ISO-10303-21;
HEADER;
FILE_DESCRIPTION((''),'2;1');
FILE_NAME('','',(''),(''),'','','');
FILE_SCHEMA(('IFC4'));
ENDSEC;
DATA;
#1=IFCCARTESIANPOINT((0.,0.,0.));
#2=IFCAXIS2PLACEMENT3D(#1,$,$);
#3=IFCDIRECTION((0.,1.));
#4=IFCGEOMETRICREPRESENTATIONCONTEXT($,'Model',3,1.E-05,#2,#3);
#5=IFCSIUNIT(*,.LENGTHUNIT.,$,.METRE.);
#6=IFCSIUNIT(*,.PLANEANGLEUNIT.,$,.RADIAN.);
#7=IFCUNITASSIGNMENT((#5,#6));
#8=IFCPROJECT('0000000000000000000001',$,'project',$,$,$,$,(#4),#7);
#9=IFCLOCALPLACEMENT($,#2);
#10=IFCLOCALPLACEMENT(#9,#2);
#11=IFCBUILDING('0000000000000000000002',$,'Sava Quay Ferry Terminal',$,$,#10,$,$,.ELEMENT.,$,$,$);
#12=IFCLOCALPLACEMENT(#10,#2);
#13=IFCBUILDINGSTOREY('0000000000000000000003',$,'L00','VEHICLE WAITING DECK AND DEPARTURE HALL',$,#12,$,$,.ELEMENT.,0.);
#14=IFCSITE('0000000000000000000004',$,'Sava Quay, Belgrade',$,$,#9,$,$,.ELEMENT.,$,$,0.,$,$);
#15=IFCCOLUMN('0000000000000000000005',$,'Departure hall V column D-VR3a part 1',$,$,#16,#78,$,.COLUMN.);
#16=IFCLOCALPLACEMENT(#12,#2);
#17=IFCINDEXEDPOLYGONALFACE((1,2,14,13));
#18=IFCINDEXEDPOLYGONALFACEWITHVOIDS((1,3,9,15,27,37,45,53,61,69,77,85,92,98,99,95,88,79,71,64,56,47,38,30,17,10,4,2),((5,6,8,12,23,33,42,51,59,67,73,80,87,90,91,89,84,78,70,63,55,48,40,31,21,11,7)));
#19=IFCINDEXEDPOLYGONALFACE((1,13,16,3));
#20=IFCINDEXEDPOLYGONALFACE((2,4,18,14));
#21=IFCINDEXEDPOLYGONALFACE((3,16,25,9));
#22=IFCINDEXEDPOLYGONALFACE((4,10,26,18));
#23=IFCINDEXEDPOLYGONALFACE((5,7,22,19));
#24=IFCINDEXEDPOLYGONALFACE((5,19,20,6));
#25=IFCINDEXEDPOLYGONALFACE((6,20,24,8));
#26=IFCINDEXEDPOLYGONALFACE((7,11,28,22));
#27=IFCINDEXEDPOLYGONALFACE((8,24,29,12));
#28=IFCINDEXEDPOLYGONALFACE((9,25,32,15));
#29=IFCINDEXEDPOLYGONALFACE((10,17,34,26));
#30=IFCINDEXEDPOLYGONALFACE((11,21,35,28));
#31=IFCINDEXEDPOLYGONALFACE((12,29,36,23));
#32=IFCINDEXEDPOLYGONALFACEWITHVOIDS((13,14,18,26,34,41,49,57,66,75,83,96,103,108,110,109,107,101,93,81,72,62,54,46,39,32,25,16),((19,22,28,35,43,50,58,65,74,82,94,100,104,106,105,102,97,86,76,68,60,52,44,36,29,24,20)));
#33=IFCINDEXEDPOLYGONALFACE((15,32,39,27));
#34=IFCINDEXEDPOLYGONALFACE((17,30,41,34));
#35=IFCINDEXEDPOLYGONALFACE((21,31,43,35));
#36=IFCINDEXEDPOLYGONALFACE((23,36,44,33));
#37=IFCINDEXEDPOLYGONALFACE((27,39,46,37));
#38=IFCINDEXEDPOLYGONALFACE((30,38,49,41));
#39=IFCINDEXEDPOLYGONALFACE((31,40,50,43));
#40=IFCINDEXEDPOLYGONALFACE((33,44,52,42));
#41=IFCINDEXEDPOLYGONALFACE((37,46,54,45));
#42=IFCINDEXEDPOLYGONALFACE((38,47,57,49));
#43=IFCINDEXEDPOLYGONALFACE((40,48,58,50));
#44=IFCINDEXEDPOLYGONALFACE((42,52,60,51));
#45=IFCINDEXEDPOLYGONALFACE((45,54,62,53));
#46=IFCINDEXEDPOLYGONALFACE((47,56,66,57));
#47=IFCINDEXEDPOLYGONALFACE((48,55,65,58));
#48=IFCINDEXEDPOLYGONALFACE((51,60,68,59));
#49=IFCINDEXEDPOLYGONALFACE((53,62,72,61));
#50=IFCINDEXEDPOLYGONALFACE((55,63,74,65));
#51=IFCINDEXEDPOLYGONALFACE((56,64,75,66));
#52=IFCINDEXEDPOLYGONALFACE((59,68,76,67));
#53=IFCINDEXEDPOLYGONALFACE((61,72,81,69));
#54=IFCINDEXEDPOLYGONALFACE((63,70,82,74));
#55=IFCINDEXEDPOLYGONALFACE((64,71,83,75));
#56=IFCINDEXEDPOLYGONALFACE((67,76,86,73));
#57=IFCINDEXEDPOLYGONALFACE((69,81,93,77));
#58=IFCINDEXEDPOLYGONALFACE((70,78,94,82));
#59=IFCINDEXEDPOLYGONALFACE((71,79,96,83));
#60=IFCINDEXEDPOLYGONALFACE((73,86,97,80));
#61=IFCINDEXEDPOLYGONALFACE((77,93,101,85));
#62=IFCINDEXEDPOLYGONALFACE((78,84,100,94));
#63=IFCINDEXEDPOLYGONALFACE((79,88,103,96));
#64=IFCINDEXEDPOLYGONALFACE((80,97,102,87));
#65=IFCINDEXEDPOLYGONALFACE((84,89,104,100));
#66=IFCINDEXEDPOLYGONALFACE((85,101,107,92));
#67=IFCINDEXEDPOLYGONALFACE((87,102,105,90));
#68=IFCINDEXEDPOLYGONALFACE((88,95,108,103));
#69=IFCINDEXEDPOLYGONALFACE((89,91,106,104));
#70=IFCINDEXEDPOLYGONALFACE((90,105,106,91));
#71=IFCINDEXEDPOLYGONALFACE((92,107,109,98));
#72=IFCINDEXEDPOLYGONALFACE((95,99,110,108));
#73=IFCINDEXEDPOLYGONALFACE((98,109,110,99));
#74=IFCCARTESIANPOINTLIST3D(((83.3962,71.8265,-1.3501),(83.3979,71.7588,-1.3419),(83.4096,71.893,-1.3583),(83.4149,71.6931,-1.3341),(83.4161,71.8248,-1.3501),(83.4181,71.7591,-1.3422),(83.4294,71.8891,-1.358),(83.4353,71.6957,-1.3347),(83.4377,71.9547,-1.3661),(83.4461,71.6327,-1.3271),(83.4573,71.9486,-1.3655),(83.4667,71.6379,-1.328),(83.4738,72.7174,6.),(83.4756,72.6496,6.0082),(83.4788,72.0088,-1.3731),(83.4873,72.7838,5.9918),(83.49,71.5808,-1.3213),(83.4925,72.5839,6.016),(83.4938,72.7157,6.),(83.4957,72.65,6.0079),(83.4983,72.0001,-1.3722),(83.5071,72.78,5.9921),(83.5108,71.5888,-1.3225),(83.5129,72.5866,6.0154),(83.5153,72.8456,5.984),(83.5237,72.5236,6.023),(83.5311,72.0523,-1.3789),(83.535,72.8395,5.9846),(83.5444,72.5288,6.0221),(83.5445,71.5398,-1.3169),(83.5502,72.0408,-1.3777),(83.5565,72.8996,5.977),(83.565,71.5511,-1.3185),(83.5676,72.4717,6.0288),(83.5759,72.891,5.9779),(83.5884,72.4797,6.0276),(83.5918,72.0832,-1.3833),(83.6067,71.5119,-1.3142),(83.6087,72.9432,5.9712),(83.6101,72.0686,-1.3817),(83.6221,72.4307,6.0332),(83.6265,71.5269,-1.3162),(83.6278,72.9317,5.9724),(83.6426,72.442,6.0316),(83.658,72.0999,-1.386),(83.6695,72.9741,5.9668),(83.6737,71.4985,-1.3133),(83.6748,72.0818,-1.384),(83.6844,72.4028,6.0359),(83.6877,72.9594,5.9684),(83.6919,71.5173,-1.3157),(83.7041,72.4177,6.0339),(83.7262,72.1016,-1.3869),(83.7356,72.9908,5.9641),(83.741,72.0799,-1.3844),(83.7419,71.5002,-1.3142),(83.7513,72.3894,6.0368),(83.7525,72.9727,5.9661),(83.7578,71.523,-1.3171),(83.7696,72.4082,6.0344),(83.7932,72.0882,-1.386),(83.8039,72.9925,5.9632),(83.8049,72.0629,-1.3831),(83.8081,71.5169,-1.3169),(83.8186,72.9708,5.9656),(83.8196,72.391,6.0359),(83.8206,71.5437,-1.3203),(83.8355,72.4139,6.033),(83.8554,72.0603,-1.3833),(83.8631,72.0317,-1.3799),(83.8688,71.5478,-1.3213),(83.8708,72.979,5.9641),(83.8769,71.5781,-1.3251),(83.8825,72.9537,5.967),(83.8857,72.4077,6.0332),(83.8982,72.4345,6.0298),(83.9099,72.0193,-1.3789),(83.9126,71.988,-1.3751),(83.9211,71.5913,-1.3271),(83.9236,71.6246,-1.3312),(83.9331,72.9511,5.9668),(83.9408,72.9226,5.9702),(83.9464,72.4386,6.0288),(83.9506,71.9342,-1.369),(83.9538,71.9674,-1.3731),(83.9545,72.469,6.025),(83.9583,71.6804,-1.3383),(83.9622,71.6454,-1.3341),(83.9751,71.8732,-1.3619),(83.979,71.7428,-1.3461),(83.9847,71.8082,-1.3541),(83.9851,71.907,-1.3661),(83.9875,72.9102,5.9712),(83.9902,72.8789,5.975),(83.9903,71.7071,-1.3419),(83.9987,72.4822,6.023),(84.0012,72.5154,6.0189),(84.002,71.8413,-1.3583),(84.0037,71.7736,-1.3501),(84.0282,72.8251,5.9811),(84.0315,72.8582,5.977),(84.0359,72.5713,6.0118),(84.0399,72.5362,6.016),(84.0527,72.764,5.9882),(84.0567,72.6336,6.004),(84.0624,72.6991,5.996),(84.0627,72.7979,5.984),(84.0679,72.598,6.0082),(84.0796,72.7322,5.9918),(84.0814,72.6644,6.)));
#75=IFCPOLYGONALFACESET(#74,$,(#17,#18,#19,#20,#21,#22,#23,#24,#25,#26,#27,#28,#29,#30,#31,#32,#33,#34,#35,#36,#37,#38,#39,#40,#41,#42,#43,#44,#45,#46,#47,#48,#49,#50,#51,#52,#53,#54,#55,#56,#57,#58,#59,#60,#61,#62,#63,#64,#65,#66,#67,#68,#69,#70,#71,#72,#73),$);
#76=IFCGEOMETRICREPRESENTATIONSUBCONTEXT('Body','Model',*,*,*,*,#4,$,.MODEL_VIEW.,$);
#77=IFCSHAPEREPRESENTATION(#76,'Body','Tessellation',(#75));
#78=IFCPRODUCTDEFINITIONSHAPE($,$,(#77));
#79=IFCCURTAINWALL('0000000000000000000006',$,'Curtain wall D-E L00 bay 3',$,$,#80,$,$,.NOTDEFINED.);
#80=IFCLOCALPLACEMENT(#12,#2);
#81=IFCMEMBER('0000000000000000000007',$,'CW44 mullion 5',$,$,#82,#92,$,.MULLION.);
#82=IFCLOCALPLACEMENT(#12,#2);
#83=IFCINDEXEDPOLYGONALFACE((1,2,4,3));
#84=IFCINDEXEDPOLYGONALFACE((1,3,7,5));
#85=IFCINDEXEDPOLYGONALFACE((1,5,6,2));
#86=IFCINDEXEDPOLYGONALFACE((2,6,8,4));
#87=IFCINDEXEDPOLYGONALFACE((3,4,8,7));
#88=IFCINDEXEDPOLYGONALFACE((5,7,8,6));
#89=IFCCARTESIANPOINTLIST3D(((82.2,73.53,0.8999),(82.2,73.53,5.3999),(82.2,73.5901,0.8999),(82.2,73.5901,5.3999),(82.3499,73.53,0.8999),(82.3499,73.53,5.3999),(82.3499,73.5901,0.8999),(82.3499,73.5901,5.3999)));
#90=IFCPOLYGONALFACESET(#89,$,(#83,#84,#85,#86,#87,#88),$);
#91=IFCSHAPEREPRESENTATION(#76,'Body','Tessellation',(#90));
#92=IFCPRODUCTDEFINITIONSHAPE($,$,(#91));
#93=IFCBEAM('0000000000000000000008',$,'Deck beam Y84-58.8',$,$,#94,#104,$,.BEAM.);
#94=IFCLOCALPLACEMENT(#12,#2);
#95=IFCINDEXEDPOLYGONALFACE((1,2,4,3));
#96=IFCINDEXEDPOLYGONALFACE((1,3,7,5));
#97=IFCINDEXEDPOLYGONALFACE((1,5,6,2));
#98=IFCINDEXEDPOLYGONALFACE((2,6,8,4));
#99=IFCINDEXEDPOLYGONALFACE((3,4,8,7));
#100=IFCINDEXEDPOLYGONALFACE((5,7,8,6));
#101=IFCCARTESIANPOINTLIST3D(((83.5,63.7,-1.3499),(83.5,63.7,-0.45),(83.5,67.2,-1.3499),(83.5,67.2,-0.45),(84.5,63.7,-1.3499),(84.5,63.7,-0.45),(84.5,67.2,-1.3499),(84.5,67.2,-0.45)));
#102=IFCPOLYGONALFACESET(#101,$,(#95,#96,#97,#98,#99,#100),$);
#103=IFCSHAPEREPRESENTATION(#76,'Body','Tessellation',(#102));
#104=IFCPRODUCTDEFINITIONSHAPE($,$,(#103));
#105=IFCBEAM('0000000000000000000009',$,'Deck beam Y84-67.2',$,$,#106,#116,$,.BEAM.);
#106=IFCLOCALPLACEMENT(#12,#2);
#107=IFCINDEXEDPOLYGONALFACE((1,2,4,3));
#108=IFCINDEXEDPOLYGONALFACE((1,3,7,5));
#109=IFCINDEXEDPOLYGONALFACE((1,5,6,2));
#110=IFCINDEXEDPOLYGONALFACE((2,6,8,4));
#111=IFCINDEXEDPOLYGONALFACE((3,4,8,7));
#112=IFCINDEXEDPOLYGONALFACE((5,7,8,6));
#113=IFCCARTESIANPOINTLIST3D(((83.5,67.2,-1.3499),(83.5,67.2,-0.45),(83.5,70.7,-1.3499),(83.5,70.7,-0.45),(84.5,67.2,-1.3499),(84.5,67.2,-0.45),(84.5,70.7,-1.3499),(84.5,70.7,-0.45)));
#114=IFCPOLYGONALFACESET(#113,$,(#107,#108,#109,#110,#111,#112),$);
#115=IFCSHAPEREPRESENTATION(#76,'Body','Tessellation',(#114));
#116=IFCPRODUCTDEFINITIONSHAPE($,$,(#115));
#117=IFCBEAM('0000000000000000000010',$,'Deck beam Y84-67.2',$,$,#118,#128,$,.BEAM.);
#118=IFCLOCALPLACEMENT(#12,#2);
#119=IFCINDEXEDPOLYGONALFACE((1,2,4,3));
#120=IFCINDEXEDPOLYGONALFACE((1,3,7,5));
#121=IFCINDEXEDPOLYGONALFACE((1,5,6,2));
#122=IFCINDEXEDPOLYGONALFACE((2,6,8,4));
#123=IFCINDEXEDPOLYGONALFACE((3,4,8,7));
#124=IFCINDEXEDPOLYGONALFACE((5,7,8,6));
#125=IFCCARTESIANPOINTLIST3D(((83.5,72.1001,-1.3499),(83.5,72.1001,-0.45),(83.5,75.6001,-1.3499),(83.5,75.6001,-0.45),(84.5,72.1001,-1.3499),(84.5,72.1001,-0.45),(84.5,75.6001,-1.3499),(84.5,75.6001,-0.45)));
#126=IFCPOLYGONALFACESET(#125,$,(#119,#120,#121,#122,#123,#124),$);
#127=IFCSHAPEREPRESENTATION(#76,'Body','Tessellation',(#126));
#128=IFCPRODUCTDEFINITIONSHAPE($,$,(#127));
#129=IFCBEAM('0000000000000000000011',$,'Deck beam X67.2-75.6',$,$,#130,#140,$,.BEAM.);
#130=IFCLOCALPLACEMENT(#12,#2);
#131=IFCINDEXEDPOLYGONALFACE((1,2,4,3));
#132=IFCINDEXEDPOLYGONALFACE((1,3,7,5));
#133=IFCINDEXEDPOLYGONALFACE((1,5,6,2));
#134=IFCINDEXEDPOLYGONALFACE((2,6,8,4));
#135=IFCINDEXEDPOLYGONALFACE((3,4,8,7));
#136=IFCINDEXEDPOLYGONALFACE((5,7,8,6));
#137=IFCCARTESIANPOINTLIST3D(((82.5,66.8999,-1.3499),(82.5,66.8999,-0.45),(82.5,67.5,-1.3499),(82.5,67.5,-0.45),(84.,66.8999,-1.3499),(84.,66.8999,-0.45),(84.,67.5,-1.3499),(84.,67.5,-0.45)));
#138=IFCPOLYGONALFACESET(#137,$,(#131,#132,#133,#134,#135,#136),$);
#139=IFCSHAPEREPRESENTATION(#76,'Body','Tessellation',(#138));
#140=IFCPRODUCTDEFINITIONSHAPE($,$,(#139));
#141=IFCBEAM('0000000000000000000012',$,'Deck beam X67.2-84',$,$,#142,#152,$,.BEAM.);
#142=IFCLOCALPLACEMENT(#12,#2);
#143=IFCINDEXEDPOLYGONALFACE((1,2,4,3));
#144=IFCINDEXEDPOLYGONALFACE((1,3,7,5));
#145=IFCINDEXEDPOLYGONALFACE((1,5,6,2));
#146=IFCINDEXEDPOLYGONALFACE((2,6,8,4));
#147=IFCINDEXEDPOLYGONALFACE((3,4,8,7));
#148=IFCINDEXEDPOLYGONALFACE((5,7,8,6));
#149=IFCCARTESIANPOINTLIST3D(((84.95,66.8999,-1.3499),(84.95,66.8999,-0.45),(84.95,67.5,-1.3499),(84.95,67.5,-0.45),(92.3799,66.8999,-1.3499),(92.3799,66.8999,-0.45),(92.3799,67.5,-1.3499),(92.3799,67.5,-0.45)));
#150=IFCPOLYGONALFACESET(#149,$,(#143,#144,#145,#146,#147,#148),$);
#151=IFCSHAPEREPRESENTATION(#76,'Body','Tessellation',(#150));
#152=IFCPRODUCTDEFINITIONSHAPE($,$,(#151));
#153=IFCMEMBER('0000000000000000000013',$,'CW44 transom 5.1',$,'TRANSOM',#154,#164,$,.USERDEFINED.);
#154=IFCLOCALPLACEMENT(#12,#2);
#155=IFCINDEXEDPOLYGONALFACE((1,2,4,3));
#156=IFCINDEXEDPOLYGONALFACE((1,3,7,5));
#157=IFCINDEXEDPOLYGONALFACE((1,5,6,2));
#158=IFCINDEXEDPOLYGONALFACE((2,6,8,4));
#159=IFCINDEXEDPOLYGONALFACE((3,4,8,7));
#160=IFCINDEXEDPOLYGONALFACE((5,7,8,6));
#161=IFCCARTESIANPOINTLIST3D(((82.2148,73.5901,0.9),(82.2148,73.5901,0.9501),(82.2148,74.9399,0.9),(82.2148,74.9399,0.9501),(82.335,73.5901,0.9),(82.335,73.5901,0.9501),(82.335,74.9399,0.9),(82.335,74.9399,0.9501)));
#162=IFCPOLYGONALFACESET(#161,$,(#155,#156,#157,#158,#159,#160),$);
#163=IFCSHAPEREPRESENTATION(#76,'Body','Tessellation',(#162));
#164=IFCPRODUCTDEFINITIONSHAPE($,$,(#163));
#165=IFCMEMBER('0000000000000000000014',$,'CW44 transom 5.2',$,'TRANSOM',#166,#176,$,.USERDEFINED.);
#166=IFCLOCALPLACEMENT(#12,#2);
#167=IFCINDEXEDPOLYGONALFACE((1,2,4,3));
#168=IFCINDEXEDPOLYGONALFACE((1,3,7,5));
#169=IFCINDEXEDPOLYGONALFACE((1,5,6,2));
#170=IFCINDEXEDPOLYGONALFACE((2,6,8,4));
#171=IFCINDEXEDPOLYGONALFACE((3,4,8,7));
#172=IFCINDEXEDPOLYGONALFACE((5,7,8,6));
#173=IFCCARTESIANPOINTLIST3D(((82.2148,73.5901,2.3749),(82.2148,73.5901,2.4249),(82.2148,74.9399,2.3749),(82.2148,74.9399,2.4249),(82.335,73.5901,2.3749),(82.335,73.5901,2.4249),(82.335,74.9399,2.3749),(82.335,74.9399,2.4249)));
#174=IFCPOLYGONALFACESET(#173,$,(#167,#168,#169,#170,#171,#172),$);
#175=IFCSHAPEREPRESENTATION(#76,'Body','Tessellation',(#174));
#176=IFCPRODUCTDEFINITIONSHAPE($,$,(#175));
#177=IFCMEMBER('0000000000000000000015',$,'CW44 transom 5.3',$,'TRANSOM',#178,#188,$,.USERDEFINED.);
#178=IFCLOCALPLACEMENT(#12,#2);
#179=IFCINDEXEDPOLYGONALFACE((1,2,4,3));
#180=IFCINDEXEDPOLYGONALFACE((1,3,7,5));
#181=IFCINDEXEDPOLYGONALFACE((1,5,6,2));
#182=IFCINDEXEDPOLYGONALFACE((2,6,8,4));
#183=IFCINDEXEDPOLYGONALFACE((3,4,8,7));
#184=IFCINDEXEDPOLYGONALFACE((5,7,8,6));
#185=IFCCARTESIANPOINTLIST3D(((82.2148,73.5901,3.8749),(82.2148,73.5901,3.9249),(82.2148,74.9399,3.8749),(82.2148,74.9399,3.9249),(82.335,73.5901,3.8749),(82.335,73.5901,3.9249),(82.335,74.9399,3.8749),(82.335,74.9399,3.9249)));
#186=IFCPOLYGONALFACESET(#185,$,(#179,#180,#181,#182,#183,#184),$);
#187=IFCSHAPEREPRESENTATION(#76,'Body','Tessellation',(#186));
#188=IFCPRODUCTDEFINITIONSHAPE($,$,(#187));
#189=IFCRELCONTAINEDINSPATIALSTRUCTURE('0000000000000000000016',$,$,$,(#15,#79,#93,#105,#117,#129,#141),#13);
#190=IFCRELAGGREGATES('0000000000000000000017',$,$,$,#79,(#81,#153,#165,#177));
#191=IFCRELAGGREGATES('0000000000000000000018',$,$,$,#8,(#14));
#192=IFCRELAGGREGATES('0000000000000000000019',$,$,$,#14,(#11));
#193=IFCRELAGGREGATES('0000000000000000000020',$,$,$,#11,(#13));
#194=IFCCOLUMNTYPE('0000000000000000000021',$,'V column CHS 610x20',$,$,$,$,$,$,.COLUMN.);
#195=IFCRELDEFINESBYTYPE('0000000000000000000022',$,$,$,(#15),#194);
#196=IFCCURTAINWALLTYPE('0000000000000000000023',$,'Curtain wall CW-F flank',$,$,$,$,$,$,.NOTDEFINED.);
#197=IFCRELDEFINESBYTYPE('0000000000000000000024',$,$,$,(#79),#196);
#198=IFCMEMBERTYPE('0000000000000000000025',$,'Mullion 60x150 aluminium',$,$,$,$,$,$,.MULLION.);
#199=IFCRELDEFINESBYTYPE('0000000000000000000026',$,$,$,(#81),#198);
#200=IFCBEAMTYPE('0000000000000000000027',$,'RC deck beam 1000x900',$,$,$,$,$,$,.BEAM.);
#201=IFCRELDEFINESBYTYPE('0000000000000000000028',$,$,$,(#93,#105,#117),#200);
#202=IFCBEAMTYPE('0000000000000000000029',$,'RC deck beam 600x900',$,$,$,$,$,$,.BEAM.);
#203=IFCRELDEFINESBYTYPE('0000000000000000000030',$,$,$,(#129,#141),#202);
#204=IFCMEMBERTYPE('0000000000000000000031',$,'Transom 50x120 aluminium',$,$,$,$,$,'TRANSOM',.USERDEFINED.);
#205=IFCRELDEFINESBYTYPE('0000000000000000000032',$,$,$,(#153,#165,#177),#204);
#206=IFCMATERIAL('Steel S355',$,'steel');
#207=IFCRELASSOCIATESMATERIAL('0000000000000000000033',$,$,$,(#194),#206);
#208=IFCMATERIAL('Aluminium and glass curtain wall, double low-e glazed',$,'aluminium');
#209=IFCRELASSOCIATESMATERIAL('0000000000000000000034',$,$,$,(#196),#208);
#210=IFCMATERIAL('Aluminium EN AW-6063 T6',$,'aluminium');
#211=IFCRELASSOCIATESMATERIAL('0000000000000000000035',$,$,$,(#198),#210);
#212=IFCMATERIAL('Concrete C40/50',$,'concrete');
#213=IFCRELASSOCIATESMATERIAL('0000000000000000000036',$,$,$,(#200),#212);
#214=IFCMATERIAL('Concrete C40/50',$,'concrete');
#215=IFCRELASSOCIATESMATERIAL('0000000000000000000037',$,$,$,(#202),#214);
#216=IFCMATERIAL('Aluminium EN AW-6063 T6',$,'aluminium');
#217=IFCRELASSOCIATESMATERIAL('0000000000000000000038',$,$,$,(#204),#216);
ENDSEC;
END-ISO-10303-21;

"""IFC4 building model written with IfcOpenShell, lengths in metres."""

from ifc_helpers import new_model, si_unit, direction, frame, origin, origin_2d, place, context, subcontext, project, spatial, rectangle, hollow_circle, extrude, material, material_profile, profile_set, type_object, element, aggregate, save


model = new_model("IFC4")

# Units and contexts
model_context = context("Model", 3, precision=1e-05, world=origin(), true_north=direction((0.0, 1.0)))
body_context = subcontext(model_context, "Body", "Model", "MODEL_VIEW")
ifc_project = project(units=[si_unit("LENGTHUNIT", "METRE"), si_unit("PLANEANGLEUNIT", "RADIAN")], contexts=[model_context])

# Site, building, storey
site_placement = place(None, origin())
site = spatial("IfcSite", under=ifc_project, at=site_placement, Name="Sava Quay, Belgrade", CompositionType="ELEMENT", RefElevation=0.0)
building_placement = place(site_placement, origin())
building = spatial("IfcBuilding", under=site, at=building_placement, Name="Sava Quay Ferry Terminal", CompositionType="ELEMENT")
storey_placement = place(building_placement, origin())
storey = spatial("IfcBuildingStorey", under=building, at=storey_placement, Name="L00", Description="VEHICLE WAITING DECK AND DEPARTURE HALL", CompositionType="ELEMENT", Elevation=0.0)

# Column
ifc_material_1 = material(Name="Steel S355", Category="steel")
ifc_material_profile_1 = material_profile(ifc_material_1, hollow_circle(Radius=0.3049, WallThickness=0.02, at=origin_2d()), Name="CHS 610 x 20.0")
ifc_profile_set_1 = profile_set([ifc_material_profile_1], Name="Steel S355")
column_type_1 = type_object("IfcColumnType", Name="V column CHS 610x20", PredefinedType="COLUMN", material=ifc_profile_set_1)
column_1_placement = place(storey_placement, frame((83.7, 71.8, -1.3501), z_axis=(0.010485, 0.120318, 0.99268), x_axis=(-0.996224, 0.086818, 0.0)))
element("IfcColumn", 1, at=column_1_placement, inside=storey, type_object=column_type_1, Name="Departure hall V column D-VR3a part 1", PredefinedType="COLUMN", context=body_context, shape_type="SweptSolid", body=[
    extrude(hollow_circle(Radius=0.3049, WallThickness=0.02, at=origin_2d()), origin(), (0.0, 0.0, 1.0), 7.4043),
])

# Curtain wall, member
ifc_material_2 = material(Name="Aluminium and glass curtain wall, double low-e glazed", Category="aluminium")
curtain_wall_type = type_object("IfcCurtainWallType", Name="Curtain wall CW-F flank", PredefinedType="NOTDEFINED", material=ifc_material_2)
curtain_wall_placement = place(storey_placement, origin())
curtain_wall = element("IfcCurtainWall", 2, at=curtain_wall_placement, inside=storey, type_object=curtain_wall_type, Name="Curtain wall D-E L00 bay 3", PredefinedType="NOTDEFINED")
ifc_material_3 = material(Name="Aluminium EN AW-6063 T6", Category="aluminium")
ifc_material_profile_2 = material_profile(ifc_material_3, rectangle(XDim=0.1499, YDim=0.0601, at=origin_2d()), Name="Mullion 60x150 aluminium")
ifc_profile_set_2 = profile_set([ifc_material_profile_2], Name="Aluminium EN AW-6063 T6")
member_type_1 = type_object("IfcMemberType", Name="Mullion 60x150 aluminium", PredefinedType="MULLION", material=ifc_profile_set_2)
member_1_placement = place(storey_placement, frame((82.2749, 73.5601, 0.8999), z_axis=(0.0, 0.0, 1.0), x_axis=(-1.0, 0.0, 0.0)))
member_1 = element("IfcMember", 3, at=member_1_placement, type_object=member_type_1, Name="CW44 mullion 5", PredefinedType="MULLION", context=body_context, shape_type="SweptSolid", body=[
    extrude(rectangle(XDim=0.1499, YDim=0.0601, at=origin_2d()), origin(), (0.0, 0.0, 1.0), 4.5),
])

# Beams
ifc_material_4 = material(Name="Concrete C40/50", Category="concrete")
ifc_material_profile_3 = material_profile(ifc_material_4, rectangle(XDim=1.0, YDim=0.8999, at=origin_2d()), Name="RC 1000x900")
ifc_profile_set_3 = profile_set([ifc_material_profile_3], Name="Concrete C40/50")
beam_type_1 = type_object("IfcBeamType", Name="RC deck beam 1000x900", PredefinedType="BEAM", material=ifc_profile_set_3)
for number, where, z_axis, x_axis, name in (
    (4, (84.0, 63.7, -0.8999), (0.0, 1.0, 0.0), (-1.0, 0.0, 0.0), "Deck beam Y84-58.8"),
    (5, (84.0, 67.2, -0.8999), (0.0, 1.0, 0.0), (-1.0, 0.0, 0.0), "Deck beam Y84-67.2"),
    (6, (84.0, 72.1001, -0.8999), (0.0, 1.0, 0.0), (-1.0, 0.0, 0.0), "Deck beam Y84-67.2"),
):
    element("IfcBeam", number, at=place(storey_placement, frame(where, z_axis=z_axis, x_axis=x_axis)), inside=storey, type_object=beam_type_1, Name=name, PredefinedType="BEAM", context=body_context, shape_type="SweptSolid", body=[
        extrude(rectangle(XDim=1.0, YDim=0.8999, at=origin_2d()), origin(), (0.0, 0.0, 1.0), 3.5),
    ])
ifc_material_5 = material(Name="Concrete C40/50", Category="concrete")
ifc_material_profile_4 = material_profile(ifc_material_5, rectangle(XDim=0.6001, YDim=0.8999, at=origin_2d()), Name="RC 600x900")
ifc_profile_set_4 = profile_set([ifc_material_profile_4], Name="Concrete C40/50")
beam_type_2 = type_object("IfcBeamType", Name="RC deck beam 600x900", PredefinedType="BEAM", material=ifc_profile_set_4)
beam_1_placement = place(storey_placement, frame((82.5, 67.2, -0.8999), z_axis=(1.0, 0.0, 0.0), x_axis=(0.0, 1.0, 0.0)))
element("IfcBeam", 7, at=beam_1_placement, inside=storey, type_object=beam_type_2, Name="Deck beam X67.2-75.6", PredefinedType="BEAM", context=body_context, shape_type="SweptSolid", body=[
    extrude(rectangle(XDim=0.6001, YDim=0.8999, at=origin_2d()), origin(), (0.0, 0.0, 1.0), 1.5),
])
beam_2_placement = place(storey_placement, frame((84.95, 67.2, -0.8999), z_axis=(1.0, 0.0, 0.0), x_axis=(0.0, 1.0, 0.0)))
element("IfcBeam", 8, at=beam_2_placement, inside=storey, type_object=beam_type_2, Name="Deck beam X67.2-84", PredefinedType="BEAM", context=body_context, shape_type="SweptSolid", body=[
    extrude(rectangle(XDim=0.6001, YDim=0.8999, at=origin_2d()), origin(), (0.0, 0.0, 1.0), 7.4299),
])

# Members
ifc_material_6 = material(Name="Aluminium EN AW-6063 T6", Category="aluminium")
ifc_material_profile_5 = material_profile(ifc_material_6, rectangle(XDim=0.1201, YDim=0.05, at=origin_2d()), Name="Transom 50x120 aluminium")
ifc_profile_set_5 = profile_set([ifc_material_profile_5], Name="Aluminium EN AW-6063 T6")
member_type_2 = type_object("IfcMemberType", Name="Transom 50x120 aluminium", ElementType="TRANSOM", PredefinedType="USERDEFINED", material=ifc_profile_set_5)
member_2_placement = place(storey_placement, frame((82.2749, 73.5901, 0.925), z_axis=(0.0, 1.0, 0.0), x_axis=(-1.0, 0.0, 0.0)))
member_2 = element("IfcMember", 9, at=member_2_placement, type_object=member_type_2, Name="CW44 transom 5.1", ObjectType="TRANSOM", PredefinedType="USERDEFINED", context=body_context, shape_type="SweptSolid", body=[
    extrude(rectangle(XDim=0.1201, YDim=0.05, at=origin_2d()), origin(), (0.0, 0.0, 1.0), 1.3499),
])
member_3_placement = place(storey_placement, frame((82.2749, 73.5901, 2.3999), z_axis=(0.0, 1.0, 0.0), x_axis=(-1.0, 0.0, 0.0)))
member_3 = element("IfcMember", 10, at=member_3_placement, type_object=member_type_2, Name="CW44 transom 5.2", ObjectType="TRANSOM", PredefinedType="USERDEFINED", context=body_context, shape_type="SweptSolid", body=[
    extrude(rectangle(XDim=0.1201, YDim=0.05, at=origin_2d()), origin(), (0.0, 0.0, 1.0), 1.3499),
])
member_4_placement = place(storey_placement, frame((82.2749, 73.5901, 3.8999), z_axis=(0.0, 1.0, 0.0), x_axis=(-1.0, 0.0, 0.0)))
member_4 = element("IfcMember", 11, at=member_4_placement, type_object=member_type_2, Name="CW44 transom 5.3", ObjectType="TRANSOM", PredefinedType="USERDEFINED", context=body_context, shape_type="SweptSolid", body=[
    extrude(rectangle(XDim=0.1201, YDim=0.05, at=origin_2d()), origin(), (0.0, 0.0, 1.0), 1.3499),
])
aggregate(curtain_wall, [member_1, member_2, member_3, member_4])

save(model, "model.ifc")
